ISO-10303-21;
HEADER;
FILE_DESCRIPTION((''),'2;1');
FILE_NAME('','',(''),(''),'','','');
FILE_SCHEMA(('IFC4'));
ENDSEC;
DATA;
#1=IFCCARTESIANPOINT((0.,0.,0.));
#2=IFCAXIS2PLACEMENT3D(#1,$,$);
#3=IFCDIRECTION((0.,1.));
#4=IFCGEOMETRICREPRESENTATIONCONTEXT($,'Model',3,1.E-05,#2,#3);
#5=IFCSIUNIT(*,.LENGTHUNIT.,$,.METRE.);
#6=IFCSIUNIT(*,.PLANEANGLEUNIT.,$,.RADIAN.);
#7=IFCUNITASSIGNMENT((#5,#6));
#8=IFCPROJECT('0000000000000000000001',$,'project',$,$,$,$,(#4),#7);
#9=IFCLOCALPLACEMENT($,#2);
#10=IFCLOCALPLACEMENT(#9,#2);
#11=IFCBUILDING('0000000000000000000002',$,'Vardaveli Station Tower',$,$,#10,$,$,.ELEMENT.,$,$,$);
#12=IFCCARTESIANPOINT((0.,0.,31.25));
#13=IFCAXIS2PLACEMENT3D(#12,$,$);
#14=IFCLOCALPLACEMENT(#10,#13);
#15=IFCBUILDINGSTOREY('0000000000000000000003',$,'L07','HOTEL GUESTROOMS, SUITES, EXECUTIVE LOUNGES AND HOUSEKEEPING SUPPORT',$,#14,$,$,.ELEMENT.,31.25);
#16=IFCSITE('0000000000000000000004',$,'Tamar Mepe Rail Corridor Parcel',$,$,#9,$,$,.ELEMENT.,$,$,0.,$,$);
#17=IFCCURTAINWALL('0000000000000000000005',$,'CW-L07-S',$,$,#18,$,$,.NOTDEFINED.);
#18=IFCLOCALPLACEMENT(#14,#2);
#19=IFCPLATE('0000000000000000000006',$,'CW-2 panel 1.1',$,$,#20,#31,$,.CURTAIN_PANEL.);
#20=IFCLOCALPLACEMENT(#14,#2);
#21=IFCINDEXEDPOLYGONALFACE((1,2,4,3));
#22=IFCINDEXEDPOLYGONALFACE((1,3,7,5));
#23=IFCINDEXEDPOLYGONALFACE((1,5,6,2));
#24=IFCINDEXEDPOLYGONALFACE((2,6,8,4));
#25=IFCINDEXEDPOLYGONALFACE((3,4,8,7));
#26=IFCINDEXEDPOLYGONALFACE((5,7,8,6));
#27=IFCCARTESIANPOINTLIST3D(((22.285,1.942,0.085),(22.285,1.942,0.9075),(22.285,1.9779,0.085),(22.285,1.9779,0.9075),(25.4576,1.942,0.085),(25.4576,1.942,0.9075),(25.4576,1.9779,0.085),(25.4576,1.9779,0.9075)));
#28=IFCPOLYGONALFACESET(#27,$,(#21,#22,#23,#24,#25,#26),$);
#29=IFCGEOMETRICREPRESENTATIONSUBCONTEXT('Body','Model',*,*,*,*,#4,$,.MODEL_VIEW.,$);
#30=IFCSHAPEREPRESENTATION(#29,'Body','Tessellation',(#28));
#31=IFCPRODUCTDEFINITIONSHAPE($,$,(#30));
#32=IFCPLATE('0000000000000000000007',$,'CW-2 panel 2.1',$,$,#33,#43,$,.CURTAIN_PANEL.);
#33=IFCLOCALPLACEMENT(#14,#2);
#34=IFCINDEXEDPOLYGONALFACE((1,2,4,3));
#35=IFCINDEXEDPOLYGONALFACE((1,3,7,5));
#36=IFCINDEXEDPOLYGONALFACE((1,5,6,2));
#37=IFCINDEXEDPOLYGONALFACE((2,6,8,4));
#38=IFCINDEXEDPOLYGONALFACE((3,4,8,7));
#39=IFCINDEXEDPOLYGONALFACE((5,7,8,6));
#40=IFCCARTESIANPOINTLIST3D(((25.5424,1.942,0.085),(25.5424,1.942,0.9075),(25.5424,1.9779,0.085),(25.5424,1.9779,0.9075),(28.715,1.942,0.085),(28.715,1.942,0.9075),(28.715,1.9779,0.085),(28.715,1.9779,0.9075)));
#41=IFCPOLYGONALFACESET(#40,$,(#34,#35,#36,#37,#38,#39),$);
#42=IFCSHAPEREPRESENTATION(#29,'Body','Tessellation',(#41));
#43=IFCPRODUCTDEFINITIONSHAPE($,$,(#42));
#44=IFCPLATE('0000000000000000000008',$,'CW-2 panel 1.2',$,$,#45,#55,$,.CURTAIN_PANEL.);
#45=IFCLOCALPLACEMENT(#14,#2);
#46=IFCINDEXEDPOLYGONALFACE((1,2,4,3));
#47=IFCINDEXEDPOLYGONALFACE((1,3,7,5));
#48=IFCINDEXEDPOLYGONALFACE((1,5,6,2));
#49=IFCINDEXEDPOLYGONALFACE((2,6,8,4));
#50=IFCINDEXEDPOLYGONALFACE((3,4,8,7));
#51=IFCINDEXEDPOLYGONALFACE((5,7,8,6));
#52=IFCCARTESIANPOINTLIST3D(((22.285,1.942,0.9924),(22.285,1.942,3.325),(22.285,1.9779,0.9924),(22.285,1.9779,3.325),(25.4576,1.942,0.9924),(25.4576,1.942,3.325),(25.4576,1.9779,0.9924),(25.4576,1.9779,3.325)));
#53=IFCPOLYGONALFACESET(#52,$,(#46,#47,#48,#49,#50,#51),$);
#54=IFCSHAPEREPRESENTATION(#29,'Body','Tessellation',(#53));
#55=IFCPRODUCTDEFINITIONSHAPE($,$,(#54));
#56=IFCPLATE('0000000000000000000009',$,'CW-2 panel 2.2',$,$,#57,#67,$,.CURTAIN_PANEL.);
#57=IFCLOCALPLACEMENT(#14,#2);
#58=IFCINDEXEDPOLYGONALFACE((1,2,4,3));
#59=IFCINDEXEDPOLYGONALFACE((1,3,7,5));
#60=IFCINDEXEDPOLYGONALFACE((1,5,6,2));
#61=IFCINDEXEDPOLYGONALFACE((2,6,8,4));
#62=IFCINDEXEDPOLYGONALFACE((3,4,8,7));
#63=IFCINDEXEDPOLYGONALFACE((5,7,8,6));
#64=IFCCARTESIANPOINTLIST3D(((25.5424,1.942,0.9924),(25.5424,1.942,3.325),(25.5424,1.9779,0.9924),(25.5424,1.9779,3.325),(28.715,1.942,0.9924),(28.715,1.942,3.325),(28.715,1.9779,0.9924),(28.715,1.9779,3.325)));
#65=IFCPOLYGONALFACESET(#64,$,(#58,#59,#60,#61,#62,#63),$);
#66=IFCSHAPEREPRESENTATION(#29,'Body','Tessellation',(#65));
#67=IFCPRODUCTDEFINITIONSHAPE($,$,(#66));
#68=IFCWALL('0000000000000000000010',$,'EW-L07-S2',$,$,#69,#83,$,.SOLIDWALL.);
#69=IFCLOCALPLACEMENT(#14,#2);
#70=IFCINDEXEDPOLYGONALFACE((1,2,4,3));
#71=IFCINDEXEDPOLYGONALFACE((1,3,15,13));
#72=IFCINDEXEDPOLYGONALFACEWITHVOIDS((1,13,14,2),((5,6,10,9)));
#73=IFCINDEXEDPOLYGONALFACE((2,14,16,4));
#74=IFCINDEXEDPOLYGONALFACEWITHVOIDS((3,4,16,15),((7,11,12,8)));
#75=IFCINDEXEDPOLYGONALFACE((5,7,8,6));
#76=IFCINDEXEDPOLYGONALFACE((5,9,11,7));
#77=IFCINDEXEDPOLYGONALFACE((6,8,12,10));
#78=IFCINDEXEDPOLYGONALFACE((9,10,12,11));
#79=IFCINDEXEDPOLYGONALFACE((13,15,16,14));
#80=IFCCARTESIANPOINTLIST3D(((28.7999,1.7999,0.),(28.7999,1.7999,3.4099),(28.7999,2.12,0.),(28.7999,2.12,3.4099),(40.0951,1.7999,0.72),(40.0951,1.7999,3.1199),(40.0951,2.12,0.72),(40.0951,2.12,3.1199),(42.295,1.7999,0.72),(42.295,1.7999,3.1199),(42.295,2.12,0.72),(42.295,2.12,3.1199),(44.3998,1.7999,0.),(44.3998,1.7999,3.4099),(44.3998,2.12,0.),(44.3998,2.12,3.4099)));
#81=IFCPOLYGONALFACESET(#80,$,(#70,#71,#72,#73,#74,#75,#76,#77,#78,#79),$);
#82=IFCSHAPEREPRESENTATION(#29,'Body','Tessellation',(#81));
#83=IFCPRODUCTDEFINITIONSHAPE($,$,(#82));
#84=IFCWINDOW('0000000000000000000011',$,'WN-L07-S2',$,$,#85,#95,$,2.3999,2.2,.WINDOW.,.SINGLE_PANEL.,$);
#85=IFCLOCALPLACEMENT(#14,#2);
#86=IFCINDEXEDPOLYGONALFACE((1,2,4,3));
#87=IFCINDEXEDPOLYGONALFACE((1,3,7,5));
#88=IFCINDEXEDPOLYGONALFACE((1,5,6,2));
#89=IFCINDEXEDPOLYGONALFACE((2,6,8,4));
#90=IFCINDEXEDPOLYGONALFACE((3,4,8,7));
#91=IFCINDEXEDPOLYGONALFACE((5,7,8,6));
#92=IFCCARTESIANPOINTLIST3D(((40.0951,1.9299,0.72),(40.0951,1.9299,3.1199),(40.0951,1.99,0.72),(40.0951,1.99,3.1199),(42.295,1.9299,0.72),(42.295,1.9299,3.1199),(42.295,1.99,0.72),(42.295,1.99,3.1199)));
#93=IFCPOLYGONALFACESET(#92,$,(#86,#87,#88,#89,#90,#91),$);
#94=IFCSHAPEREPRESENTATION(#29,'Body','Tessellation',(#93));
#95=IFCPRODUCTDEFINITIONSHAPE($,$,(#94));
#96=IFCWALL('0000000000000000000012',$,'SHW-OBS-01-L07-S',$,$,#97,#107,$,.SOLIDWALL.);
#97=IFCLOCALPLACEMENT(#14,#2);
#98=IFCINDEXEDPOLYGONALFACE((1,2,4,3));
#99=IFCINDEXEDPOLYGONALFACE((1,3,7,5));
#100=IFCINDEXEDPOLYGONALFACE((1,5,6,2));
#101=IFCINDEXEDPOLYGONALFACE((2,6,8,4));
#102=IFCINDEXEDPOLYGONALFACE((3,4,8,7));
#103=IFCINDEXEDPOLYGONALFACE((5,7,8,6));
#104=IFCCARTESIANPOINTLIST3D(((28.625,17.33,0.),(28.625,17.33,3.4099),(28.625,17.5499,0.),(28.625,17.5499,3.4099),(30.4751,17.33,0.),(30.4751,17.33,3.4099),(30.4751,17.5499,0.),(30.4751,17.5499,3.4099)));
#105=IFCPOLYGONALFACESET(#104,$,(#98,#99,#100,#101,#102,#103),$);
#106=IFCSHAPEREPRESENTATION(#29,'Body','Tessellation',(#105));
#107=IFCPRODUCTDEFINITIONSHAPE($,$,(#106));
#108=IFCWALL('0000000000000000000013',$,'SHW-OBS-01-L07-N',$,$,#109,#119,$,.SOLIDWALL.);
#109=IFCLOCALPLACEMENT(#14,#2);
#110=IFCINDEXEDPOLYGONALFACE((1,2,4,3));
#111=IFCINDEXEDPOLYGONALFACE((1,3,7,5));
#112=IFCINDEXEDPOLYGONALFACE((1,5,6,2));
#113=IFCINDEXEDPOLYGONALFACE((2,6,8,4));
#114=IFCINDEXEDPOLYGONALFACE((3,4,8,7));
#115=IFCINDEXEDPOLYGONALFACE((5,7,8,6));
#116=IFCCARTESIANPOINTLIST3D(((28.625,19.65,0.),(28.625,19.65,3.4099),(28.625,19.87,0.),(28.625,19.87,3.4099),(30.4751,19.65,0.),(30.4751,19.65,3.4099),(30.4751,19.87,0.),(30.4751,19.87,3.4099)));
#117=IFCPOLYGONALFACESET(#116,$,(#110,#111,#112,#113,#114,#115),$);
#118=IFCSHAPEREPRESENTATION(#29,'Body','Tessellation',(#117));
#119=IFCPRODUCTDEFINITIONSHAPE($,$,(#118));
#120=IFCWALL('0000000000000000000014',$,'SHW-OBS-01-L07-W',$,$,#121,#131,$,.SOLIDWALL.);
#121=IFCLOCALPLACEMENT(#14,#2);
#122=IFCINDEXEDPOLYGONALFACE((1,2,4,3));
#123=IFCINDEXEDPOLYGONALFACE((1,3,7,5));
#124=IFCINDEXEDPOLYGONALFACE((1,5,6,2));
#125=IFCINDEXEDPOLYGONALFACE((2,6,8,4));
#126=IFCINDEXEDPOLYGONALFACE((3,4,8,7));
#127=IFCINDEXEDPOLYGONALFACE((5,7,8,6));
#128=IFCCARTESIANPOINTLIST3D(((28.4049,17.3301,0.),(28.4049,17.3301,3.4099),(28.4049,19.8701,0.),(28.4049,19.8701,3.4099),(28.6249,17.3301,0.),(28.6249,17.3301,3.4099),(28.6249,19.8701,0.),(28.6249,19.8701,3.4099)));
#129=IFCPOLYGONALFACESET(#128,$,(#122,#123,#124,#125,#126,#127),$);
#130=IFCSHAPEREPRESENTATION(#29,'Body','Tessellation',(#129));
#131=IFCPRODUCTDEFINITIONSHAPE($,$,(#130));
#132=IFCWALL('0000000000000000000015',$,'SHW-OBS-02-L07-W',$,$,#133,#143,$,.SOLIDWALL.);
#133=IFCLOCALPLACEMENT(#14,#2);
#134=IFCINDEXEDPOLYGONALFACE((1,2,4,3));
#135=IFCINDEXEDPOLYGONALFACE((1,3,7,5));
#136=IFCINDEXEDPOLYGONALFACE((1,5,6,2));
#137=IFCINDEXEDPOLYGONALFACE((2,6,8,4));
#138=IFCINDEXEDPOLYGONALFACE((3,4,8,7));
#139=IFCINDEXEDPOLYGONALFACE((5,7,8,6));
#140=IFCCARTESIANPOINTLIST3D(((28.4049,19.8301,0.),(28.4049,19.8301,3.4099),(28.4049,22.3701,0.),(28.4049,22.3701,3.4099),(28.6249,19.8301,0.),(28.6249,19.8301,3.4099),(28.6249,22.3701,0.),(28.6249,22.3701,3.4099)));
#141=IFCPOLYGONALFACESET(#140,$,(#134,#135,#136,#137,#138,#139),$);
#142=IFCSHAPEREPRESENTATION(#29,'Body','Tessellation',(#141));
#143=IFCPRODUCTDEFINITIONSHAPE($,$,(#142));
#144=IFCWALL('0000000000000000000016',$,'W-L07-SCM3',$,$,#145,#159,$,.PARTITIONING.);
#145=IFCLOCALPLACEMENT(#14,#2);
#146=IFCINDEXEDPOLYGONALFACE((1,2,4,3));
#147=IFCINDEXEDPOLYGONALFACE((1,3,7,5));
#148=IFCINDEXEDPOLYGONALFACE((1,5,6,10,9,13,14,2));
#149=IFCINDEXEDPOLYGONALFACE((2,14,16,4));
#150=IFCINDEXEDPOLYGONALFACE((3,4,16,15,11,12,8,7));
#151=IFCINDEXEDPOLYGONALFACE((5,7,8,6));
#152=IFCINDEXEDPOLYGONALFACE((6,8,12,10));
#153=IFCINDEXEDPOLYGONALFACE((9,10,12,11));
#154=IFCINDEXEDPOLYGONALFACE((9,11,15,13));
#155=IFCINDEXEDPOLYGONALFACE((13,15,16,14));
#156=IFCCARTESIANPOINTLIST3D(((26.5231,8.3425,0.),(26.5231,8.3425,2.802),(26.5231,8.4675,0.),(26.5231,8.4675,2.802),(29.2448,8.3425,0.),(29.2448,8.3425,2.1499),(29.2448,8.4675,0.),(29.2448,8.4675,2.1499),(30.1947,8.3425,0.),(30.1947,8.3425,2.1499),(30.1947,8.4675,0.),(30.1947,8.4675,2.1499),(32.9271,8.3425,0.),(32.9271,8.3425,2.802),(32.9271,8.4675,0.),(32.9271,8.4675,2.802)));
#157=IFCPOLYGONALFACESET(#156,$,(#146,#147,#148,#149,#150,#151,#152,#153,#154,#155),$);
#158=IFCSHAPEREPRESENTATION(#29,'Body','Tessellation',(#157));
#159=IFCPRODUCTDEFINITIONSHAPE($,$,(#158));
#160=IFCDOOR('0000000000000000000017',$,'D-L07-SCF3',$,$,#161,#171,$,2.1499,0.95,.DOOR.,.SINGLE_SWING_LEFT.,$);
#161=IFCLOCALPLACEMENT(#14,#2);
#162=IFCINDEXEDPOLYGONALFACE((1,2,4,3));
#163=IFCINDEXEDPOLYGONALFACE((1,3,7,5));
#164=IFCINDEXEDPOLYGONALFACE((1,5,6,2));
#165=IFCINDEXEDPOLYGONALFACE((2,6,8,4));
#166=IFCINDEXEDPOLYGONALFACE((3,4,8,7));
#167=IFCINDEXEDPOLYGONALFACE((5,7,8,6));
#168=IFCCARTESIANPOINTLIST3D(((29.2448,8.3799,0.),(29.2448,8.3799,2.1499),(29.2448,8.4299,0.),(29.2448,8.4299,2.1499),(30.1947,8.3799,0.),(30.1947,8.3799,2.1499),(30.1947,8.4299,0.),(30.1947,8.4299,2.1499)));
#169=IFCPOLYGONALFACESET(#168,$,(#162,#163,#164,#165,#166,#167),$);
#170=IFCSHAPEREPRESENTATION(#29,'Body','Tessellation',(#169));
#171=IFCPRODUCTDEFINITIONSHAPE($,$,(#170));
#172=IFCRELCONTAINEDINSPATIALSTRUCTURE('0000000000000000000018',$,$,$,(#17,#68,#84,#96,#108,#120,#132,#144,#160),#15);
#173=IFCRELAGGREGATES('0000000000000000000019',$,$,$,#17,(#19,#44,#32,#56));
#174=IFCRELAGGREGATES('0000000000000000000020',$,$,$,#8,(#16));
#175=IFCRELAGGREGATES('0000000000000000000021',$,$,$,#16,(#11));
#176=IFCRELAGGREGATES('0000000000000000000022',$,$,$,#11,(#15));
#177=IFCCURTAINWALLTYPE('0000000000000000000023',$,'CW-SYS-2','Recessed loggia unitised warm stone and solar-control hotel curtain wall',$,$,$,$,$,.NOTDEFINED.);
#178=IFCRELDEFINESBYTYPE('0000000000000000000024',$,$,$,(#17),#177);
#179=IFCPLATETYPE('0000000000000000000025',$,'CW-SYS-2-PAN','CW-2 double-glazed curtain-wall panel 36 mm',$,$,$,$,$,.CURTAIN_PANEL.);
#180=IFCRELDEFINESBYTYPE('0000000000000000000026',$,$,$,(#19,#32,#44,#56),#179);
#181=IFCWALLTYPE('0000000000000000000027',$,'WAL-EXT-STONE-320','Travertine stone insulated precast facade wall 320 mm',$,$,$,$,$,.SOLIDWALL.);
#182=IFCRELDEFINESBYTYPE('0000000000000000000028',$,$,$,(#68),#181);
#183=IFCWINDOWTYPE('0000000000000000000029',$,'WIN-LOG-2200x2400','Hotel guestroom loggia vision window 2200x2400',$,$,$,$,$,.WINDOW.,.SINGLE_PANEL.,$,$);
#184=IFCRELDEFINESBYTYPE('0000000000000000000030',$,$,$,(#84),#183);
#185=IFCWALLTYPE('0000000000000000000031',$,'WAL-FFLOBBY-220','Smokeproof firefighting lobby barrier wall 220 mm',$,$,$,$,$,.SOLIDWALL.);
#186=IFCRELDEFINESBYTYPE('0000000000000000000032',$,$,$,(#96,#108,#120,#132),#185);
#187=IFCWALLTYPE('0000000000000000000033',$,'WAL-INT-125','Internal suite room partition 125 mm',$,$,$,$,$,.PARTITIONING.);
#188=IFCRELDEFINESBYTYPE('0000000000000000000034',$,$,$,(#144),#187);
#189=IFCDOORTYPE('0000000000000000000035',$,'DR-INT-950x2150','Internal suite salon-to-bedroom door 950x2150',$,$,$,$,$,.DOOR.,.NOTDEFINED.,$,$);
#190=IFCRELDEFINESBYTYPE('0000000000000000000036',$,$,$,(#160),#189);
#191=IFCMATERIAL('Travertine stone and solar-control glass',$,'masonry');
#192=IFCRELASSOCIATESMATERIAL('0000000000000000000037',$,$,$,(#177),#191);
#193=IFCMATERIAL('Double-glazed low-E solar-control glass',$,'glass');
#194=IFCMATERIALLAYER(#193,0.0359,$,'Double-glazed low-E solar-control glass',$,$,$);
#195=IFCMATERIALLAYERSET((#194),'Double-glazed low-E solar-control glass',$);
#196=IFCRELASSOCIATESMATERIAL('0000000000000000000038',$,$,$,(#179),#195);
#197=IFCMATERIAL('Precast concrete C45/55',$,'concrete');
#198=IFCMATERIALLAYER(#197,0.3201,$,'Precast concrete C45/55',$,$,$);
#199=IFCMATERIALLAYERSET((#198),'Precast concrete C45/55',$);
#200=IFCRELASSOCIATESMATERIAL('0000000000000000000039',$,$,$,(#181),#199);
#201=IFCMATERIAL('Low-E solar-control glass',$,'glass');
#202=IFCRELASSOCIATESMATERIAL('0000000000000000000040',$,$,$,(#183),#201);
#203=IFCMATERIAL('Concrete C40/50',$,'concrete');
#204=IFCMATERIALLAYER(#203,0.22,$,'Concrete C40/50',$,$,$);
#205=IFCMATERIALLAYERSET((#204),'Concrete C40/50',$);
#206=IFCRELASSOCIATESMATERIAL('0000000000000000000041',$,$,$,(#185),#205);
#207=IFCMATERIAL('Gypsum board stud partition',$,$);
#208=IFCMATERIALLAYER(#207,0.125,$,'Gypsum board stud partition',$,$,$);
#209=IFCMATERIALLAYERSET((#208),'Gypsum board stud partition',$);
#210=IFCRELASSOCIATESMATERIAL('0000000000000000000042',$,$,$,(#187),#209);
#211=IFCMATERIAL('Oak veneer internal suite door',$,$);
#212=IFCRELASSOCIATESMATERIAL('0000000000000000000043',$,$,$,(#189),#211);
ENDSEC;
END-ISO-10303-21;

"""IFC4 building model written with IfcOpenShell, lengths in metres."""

from ifc_helpers import new_model, si_unit, direction, frame, frame_2d, origin, origin_2d, place, context, subcontext, project, spatial, rectangle, extrude, source, transform, mapped, material, layer, layer_set, type_object, element, fill, aggregate, save


model = new_model("IFC4")

# Units and contexts
model_context = context("Model", 3, precision=1e-05, world=origin(), true_north=direction((0.0, 1.0)))
body_context = subcontext(model_context, "Body", "Model", "MODEL_VIEW")
ifc_project = project(units=[si_unit("LENGTHUNIT", "METRE"), si_unit("PLANEANGLEUNIT", "RADIAN")], contexts=[model_context])

# Site, building, storey
site_placement = place(None, origin())
site = spatial("IfcSite", under=ifc_project, at=site_placement, Name="Tamar Mepe Rail Corridor Parcel", CompositionType="ELEMENT", RefElevation=0.0)
building_placement = place(site_placement, origin())
building = spatial("IfcBuilding", under=site, at=building_placement, Name="Vardaveli Station Tower", CompositionType="ELEMENT")
storey_placement = place(building_placement, frame((0.0, 0.0, 31.25)))
storey = spatial("IfcBuildingStorey", under=building, at=storey_placement, Name="L07", Description="HOTEL GUESTROOMS, SUITES, EXECUTIVE LOUNGES AND HOUSEKEEPING SUPPORT", CompositionType="ELEMENT", Elevation=31.25)

# Curtain wall, plates
ifc_material_1 = material(Name="Travertine stone and solar-control glass", Category="masonry")
curtain_wall_type = type_object("IfcCurtainWallType", Name="CW-SYS-2", Description="Recessed loggia unitised warm stone and solar-control hotel curtain wall", PredefinedType="NOTDEFINED", material=ifc_material_1)
curtain_wall_placement = place(storey_placement, origin())
curtain_wall = element("IfcCurtainWall", 1, at=curtain_wall_placement, inside=storey, type_object=curtain_wall_type, Name="CW-L07-S", PredefinedType="NOTDEFINED")
ifc_material_2 = material(Name="Double-glazed low-E solar-control glass", Category="glass")
ifc_layer_1 = layer(ifc_material_2, 0.0359, Name="Double-glazed low-E solar-control glass")
ifc_layer_set_1 = layer_set([ifc_layer_1], Name="Double-glazed low-E solar-control glass")
plate_type = type_object("IfcPlateType", Name="CW-SYS-2-PAN", Description="CW-2 double-glazed curtain-wall panel 36 mm", PredefinedType="CURTAIN_PANEL", material=ifc_layer_set_1)
shared_shape_1 = source(origin(), body_context, "Body", "SweptSolid", [
    extrude(rectangle(XDim=3.1726, YDim=0.0359, at=origin_2d()), origin(), (0.0, 0.0, 1.0), 0.8225),
])
plate_1_placement = place(storey_placement, frame((23.8713, 1.96, 0.085), z_axis=(0.0, 0.0, 1.0), x_axis=(1.0, 0.0, 0.0)))
plate_1 = element("IfcPlate", 2, at=plate_1_placement, type_object=plate_type, Name="CW-2 panel 1.1", PredefinedType="CURTAIN_PANEL", context=body_context, shape_type="MappedRepresentation", body=[
    mapped(shared_shape_1, transform((0.0, 0.0, 0.0), scale=1.0)),
])
plate_2_placement = place(storey_placement, frame((27.1287, 1.96, 0.085), z_axis=(0.0, 0.0, 1.0), x_axis=(1.0, 0.0, 0.0)))
plate_2 = element("IfcPlate", 3, at=plate_2_placement, type_object=plate_type, Name="CW-2 panel 2.1", PredefinedType="CURTAIN_PANEL", context=body_context, shape_type="MappedRepresentation", body=[
    mapped(shared_shape_1, transform((0.0, 0.0, 0.0), scale=1.0)),
])
shared_shape_2 = source(origin(), body_context, "Body", "SweptSolid", [
    extrude(rectangle(XDim=3.1726, YDim=0.0359, at=origin_2d()), origin(), (0.0, 0.0, 1.0), 2.3325),
])
plate_3_placement = place(storey_placement, frame((23.8713, 1.96, 0.9924), z_axis=(0.0, 0.0, 1.0), x_axis=(1.0, 0.0, 0.0)))
plate_3 = element("IfcPlate", 4, at=plate_3_placement, type_object=plate_type, Name="CW-2 panel 1.2", PredefinedType="CURTAIN_PANEL", context=body_context, shape_type="MappedRepresentation", body=[
    mapped(shared_shape_2, transform((0.0, 0.0, 0.0), scale=1.0)),
])
plate_4_placement = place(storey_placement, frame((27.1287, 1.96, 0.9924), z_axis=(0.0, 0.0, 1.0), x_axis=(1.0, 0.0, 0.0)))
plate_4 = element("IfcPlate", 5, at=plate_4_placement, type_object=plate_type, Name="CW-2 panel 2.2", PredefinedType="CURTAIN_PANEL", context=body_context, shape_type="MappedRepresentation", body=[
    mapped(shared_shape_2, transform((0.0, 0.0, 0.0), scale=1.0)),
])
aggregate(curtain_wall, [plate_1, plate_3, plate_2, plate_4])

# Wall, opening, window
ifc_material_3 = material(Name="Precast concrete C45/55", Category="concrete")
ifc_layer_2 = layer(ifc_material_3, 0.3201, Name="Precast concrete C45/55")
ifc_layer_set_2 = layer_set([ifc_layer_2], Name="Precast concrete C45/55")
wall_type_1 = type_object("IfcWallType", Name="WAL-EXT-STONE-320", Description="Travertine stone insulated precast facade wall 320 mm", PredefinedType="SOLIDWALL", material=ifc_layer_set_2)
shared_shape_3 = source(origin(), body_context, "Body", "SweptSolid", [
    extrude(rectangle(XDim=15.5999, YDim=0.3201, at=frame_2d((7.7998, 0.0))), origin(), (0.0, 0.0, 1.0), 3.4099),
])
wall_1_placement = place(storey_placement, frame((28.8, 1.96, 0.0), z_axis=(0.0, 0.0, 1.0), x_axis=(1.0, 0.0, 0.0)))
wall_1 = element("IfcWall", 6, at=wall_1_placement, inside=storey, type_object=wall_type_1, Name="EW-L07-S2", PredefinedType="SOLIDWALL", context=body_context, shape_type="MappedRepresentation", body=[
    mapped(shared_shape_3, transform((0.0, 0.0, 0.0), scale=1.0)),
])
shared_shape_4 = source(origin(), body_context, "Body", "SweptSolid", [
    extrude(rectangle(XDim=2.2, YDim=2.3999, at=frame_2d((1.1001, 1.2))), frame((0.0, 0.1699, 0.0), z_axis=(0.0, -1.0, 0.0), x_axis=(1.0, 0.0, 0.0)), (0.0, 0.0, 1.0), 0.3401),
])
opening_1_placement = place(wall_1_placement, frame((11.2949, 0.0, 0.72)))
opening_1 = element("IfcOpeningElement", 7, at=opening_1_placement, cuts=wall_1, PredefinedType="OPENING", context=body_context, shape_type="MappedRepresentation", body=[
    mapped(shared_shape_4, transform((0.0, 0.0, 0.0), scale=1.0)),
])
ifc_material_4 = material(Name="Low-E solar-control glass", Category="glass")
window_type = type_object("IfcWindowType", Name="WIN-LOG-2200x2400", Description="Hotel guestroom loggia vision window 2200x2400", PartitioningType="SINGLE_PANEL", PredefinedType="WINDOW", material=ifc_material_4)
shared_shape_5 = source(origin(), body_context, "Body", "SweptSolid", [
    extrude(rectangle(XDim=2.2, YDim=2.3999, at=frame_2d((1.1001, 1.2))), frame((0.0, 0.03, 0.0), z_axis=(0.0, -1.0, 0.0), x_axis=(1.0, 0.0, 0.0)), (0.0, 0.0, 1.0), 0.0601),
])
window_placement = place(opening_1_placement, origin())
window = element("IfcWindow", 8, at=window_placement, inside=storey, type_object=window_type, Name="WN-L07-S2", OverallHeight=2.3999, OverallWidth=2.2, PartitioningType="SINGLE_PANEL", PredefinedType="WINDOW", context=body_context, shape_type="MappedRepresentation", body=[
    mapped(shared_shape_5, transform((0.0, 0.0, 0.0), scale=1.0)),
])
fill(opening_1, window)

# Walls
ifc_material_5 = material(Name="Concrete C40/50", Category="concrete")
ifc_layer_3 = layer(ifc_material_5, 0.22, Name="Concrete C40/50")
ifc_layer_set_3 = layer_set([ifc_layer_3], Name="Concrete C40/50")
wall_type_2 = type_object("IfcWallType", Name="WAL-FFLOBBY-220", Description="Smokeproof firefighting lobby barrier wall 220 mm", PredefinedType="SOLIDWALL", material=ifc_layer_set_3)
shared_shape_6 = source(origin(), body_context, "Body", "SweptSolid", [
    extrude(rectangle(XDim=1.8501, YDim=0.22, at=frame_2d((0.925, 0.0))), origin(), (0.0, 0.0, 1.0), 3.4099),
])
for number, where, z_axis, x_axis, name in (
    (9, (28.625, 17.4399, 0.0), (0.0, 0.0, 1.0), (1.0, 0.0, 0.0), "SHW-OBS-01-L07-S"),
    (10, (28.625, 19.76, 0.0), (0.0, 0.0, 1.0), (1.0, 0.0, 0.0), "SHW-OBS-01-L07-N"),
):
    element("IfcWall", number, at=place(storey_placement, frame(where, z_axis=z_axis, x_axis=x_axis)), inside=storey, type_object=wall_type_2, Name=name, PredefinedType="SOLIDWALL", context=body_context, shape_type="MappedRepresentation", body=[
        mapped(shared_shape_6, transform((0.0, 0.0, 0.0), scale=1.0)),
    ])
shared_shape_7 = source(origin(), body_context, "Body", "SweptSolid", [
    extrude(rectangle(XDim=2.54, YDim=0.22, at=frame_2d((1.27, 0.0))), origin(), (0.0, 0.0, 1.0), 3.4099),
])
for number, where, z_axis, x_axis, name in (
    (11, (28.5149, 17.3301, 0.0), (0.0, 0.0, 1.0), (0.0, 1.0, 0.0), "SHW-OBS-01-L07-W"),
    (12, (28.5149, 19.8301, 0.0), (0.0, 0.0, 1.0), (0.0, 1.0, 0.0), "SHW-OBS-02-L07-W"),
):
    element("IfcWall", number, at=place(storey_placement, frame(where, z_axis=z_axis, x_axis=x_axis)), inside=storey, type_object=wall_type_2, Name=name, PredefinedType="SOLIDWALL", context=body_context, shape_type="MappedRepresentation", body=[
        mapped(shared_shape_7, transform((0.0, 0.0, 0.0), scale=1.0)),
    ])

# Wall, opening, door
ifc_material_6 = material(Name="Gypsum board stud partition")
ifc_layer_4 = layer(ifc_material_6, 0.125, Name="Gypsum board stud partition")
ifc_layer_set_4 = layer_set([ifc_layer_4], Name="Gypsum board stud partition")
wall_type_3 = type_object("IfcWallType", Name="WAL-INT-125", Description="Internal suite room partition 125 mm", PredefinedType="PARTITIONING", material=ifc_layer_set_4)
shared_shape_8 = source(origin(), body_context, "Body", "SweptSolid", [
    extrude(rectangle(XDim=6.4041, YDim=0.125, at=frame_2d((3.2021, 0.0))), origin(), (0.0, 0.0, 1.0), 2.802),
])
wall_2_placement = place(storey_placement, frame((26.5229, 8.405, 0.0), z_axis=(0.0, 0.0, 1.0), x_axis=(1.0, 0.0, 0.0)))
wall_2 = element("IfcWall", 13, at=wall_2_placement, inside=storey, type_object=wall_type_3, Name="W-L07-SCM3", PredefinedType="PARTITIONING", context=body_context, shape_type="MappedRepresentation", body=[
    mapped(shared_shape_8, transform((0.0, 0.0, 0.0), scale=1.0)),
])
shared_shape_9 = source(origin(), body_context, "Body", "SweptSolid", [
    extrude(rectangle(XDim=0.95, YDim=2.1499, at=frame_2d((0.4751, 1.075))), frame((0.0, 0.0725, 0.0), z_axis=(0.0, -1.0, 0.0), x_axis=(1.0, 0.0, 0.0)), (0.0, 0.0, 1.0), 0.145),
])
opening_2_placement = place(wall_2_placement, frame((2.7217, 0.0, 0.0)))
opening_2 = element("IfcOpeningElement", 14, at=opening_2_placement, cuts=wall_2, PredefinedType="OPENING", context=body_context, shape_type="MappedRepresentation", body=[
    mapped(shared_shape_9, transform((0.0, 0.0, 0.0), scale=1.0)),
])
ifc_material_7 = material(Name="Oak veneer internal suite door")
door_type = type_object("IfcDoorType", Name="DR-INT-950x2150", Description="Internal suite salon-to-bedroom door 950x2150", OperationType="NOTDEFINED", PredefinedType="DOOR", material=ifc_material_7)
shared_shape_10 = source(origin(), body_context, "Body", "SweptSolid", [
    extrude(rectangle(XDim=0.95, YDim=2.1499, at=frame_2d((0.4751, 1.075))), frame((0.0, 0.0249, 0.0), z_axis=(0.0, -1.0, 0.0), x_axis=(1.0, 0.0, 0.0)), (0.0, 0.0, 1.0), 0.05),
])
door_placement = place(opening_2_placement, origin())
door = element("IfcDoor", 15, at=door_placement, inside=storey, type_object=door_type, Name="D-L07-SCF3", OperationType="SINGLE_SWING_LEFT", OverallHeight=2.1499, OverallWidth=0.95, PredefinedType="DOOR", context=body_context, shape_type="MappedRepresentation", body=[
    mapped(shared_shape_10, transform((0.0, 0.0, 0.0), scale=1.0)),
])
fill(opening_2, door)

save(model, "model.ifc")
